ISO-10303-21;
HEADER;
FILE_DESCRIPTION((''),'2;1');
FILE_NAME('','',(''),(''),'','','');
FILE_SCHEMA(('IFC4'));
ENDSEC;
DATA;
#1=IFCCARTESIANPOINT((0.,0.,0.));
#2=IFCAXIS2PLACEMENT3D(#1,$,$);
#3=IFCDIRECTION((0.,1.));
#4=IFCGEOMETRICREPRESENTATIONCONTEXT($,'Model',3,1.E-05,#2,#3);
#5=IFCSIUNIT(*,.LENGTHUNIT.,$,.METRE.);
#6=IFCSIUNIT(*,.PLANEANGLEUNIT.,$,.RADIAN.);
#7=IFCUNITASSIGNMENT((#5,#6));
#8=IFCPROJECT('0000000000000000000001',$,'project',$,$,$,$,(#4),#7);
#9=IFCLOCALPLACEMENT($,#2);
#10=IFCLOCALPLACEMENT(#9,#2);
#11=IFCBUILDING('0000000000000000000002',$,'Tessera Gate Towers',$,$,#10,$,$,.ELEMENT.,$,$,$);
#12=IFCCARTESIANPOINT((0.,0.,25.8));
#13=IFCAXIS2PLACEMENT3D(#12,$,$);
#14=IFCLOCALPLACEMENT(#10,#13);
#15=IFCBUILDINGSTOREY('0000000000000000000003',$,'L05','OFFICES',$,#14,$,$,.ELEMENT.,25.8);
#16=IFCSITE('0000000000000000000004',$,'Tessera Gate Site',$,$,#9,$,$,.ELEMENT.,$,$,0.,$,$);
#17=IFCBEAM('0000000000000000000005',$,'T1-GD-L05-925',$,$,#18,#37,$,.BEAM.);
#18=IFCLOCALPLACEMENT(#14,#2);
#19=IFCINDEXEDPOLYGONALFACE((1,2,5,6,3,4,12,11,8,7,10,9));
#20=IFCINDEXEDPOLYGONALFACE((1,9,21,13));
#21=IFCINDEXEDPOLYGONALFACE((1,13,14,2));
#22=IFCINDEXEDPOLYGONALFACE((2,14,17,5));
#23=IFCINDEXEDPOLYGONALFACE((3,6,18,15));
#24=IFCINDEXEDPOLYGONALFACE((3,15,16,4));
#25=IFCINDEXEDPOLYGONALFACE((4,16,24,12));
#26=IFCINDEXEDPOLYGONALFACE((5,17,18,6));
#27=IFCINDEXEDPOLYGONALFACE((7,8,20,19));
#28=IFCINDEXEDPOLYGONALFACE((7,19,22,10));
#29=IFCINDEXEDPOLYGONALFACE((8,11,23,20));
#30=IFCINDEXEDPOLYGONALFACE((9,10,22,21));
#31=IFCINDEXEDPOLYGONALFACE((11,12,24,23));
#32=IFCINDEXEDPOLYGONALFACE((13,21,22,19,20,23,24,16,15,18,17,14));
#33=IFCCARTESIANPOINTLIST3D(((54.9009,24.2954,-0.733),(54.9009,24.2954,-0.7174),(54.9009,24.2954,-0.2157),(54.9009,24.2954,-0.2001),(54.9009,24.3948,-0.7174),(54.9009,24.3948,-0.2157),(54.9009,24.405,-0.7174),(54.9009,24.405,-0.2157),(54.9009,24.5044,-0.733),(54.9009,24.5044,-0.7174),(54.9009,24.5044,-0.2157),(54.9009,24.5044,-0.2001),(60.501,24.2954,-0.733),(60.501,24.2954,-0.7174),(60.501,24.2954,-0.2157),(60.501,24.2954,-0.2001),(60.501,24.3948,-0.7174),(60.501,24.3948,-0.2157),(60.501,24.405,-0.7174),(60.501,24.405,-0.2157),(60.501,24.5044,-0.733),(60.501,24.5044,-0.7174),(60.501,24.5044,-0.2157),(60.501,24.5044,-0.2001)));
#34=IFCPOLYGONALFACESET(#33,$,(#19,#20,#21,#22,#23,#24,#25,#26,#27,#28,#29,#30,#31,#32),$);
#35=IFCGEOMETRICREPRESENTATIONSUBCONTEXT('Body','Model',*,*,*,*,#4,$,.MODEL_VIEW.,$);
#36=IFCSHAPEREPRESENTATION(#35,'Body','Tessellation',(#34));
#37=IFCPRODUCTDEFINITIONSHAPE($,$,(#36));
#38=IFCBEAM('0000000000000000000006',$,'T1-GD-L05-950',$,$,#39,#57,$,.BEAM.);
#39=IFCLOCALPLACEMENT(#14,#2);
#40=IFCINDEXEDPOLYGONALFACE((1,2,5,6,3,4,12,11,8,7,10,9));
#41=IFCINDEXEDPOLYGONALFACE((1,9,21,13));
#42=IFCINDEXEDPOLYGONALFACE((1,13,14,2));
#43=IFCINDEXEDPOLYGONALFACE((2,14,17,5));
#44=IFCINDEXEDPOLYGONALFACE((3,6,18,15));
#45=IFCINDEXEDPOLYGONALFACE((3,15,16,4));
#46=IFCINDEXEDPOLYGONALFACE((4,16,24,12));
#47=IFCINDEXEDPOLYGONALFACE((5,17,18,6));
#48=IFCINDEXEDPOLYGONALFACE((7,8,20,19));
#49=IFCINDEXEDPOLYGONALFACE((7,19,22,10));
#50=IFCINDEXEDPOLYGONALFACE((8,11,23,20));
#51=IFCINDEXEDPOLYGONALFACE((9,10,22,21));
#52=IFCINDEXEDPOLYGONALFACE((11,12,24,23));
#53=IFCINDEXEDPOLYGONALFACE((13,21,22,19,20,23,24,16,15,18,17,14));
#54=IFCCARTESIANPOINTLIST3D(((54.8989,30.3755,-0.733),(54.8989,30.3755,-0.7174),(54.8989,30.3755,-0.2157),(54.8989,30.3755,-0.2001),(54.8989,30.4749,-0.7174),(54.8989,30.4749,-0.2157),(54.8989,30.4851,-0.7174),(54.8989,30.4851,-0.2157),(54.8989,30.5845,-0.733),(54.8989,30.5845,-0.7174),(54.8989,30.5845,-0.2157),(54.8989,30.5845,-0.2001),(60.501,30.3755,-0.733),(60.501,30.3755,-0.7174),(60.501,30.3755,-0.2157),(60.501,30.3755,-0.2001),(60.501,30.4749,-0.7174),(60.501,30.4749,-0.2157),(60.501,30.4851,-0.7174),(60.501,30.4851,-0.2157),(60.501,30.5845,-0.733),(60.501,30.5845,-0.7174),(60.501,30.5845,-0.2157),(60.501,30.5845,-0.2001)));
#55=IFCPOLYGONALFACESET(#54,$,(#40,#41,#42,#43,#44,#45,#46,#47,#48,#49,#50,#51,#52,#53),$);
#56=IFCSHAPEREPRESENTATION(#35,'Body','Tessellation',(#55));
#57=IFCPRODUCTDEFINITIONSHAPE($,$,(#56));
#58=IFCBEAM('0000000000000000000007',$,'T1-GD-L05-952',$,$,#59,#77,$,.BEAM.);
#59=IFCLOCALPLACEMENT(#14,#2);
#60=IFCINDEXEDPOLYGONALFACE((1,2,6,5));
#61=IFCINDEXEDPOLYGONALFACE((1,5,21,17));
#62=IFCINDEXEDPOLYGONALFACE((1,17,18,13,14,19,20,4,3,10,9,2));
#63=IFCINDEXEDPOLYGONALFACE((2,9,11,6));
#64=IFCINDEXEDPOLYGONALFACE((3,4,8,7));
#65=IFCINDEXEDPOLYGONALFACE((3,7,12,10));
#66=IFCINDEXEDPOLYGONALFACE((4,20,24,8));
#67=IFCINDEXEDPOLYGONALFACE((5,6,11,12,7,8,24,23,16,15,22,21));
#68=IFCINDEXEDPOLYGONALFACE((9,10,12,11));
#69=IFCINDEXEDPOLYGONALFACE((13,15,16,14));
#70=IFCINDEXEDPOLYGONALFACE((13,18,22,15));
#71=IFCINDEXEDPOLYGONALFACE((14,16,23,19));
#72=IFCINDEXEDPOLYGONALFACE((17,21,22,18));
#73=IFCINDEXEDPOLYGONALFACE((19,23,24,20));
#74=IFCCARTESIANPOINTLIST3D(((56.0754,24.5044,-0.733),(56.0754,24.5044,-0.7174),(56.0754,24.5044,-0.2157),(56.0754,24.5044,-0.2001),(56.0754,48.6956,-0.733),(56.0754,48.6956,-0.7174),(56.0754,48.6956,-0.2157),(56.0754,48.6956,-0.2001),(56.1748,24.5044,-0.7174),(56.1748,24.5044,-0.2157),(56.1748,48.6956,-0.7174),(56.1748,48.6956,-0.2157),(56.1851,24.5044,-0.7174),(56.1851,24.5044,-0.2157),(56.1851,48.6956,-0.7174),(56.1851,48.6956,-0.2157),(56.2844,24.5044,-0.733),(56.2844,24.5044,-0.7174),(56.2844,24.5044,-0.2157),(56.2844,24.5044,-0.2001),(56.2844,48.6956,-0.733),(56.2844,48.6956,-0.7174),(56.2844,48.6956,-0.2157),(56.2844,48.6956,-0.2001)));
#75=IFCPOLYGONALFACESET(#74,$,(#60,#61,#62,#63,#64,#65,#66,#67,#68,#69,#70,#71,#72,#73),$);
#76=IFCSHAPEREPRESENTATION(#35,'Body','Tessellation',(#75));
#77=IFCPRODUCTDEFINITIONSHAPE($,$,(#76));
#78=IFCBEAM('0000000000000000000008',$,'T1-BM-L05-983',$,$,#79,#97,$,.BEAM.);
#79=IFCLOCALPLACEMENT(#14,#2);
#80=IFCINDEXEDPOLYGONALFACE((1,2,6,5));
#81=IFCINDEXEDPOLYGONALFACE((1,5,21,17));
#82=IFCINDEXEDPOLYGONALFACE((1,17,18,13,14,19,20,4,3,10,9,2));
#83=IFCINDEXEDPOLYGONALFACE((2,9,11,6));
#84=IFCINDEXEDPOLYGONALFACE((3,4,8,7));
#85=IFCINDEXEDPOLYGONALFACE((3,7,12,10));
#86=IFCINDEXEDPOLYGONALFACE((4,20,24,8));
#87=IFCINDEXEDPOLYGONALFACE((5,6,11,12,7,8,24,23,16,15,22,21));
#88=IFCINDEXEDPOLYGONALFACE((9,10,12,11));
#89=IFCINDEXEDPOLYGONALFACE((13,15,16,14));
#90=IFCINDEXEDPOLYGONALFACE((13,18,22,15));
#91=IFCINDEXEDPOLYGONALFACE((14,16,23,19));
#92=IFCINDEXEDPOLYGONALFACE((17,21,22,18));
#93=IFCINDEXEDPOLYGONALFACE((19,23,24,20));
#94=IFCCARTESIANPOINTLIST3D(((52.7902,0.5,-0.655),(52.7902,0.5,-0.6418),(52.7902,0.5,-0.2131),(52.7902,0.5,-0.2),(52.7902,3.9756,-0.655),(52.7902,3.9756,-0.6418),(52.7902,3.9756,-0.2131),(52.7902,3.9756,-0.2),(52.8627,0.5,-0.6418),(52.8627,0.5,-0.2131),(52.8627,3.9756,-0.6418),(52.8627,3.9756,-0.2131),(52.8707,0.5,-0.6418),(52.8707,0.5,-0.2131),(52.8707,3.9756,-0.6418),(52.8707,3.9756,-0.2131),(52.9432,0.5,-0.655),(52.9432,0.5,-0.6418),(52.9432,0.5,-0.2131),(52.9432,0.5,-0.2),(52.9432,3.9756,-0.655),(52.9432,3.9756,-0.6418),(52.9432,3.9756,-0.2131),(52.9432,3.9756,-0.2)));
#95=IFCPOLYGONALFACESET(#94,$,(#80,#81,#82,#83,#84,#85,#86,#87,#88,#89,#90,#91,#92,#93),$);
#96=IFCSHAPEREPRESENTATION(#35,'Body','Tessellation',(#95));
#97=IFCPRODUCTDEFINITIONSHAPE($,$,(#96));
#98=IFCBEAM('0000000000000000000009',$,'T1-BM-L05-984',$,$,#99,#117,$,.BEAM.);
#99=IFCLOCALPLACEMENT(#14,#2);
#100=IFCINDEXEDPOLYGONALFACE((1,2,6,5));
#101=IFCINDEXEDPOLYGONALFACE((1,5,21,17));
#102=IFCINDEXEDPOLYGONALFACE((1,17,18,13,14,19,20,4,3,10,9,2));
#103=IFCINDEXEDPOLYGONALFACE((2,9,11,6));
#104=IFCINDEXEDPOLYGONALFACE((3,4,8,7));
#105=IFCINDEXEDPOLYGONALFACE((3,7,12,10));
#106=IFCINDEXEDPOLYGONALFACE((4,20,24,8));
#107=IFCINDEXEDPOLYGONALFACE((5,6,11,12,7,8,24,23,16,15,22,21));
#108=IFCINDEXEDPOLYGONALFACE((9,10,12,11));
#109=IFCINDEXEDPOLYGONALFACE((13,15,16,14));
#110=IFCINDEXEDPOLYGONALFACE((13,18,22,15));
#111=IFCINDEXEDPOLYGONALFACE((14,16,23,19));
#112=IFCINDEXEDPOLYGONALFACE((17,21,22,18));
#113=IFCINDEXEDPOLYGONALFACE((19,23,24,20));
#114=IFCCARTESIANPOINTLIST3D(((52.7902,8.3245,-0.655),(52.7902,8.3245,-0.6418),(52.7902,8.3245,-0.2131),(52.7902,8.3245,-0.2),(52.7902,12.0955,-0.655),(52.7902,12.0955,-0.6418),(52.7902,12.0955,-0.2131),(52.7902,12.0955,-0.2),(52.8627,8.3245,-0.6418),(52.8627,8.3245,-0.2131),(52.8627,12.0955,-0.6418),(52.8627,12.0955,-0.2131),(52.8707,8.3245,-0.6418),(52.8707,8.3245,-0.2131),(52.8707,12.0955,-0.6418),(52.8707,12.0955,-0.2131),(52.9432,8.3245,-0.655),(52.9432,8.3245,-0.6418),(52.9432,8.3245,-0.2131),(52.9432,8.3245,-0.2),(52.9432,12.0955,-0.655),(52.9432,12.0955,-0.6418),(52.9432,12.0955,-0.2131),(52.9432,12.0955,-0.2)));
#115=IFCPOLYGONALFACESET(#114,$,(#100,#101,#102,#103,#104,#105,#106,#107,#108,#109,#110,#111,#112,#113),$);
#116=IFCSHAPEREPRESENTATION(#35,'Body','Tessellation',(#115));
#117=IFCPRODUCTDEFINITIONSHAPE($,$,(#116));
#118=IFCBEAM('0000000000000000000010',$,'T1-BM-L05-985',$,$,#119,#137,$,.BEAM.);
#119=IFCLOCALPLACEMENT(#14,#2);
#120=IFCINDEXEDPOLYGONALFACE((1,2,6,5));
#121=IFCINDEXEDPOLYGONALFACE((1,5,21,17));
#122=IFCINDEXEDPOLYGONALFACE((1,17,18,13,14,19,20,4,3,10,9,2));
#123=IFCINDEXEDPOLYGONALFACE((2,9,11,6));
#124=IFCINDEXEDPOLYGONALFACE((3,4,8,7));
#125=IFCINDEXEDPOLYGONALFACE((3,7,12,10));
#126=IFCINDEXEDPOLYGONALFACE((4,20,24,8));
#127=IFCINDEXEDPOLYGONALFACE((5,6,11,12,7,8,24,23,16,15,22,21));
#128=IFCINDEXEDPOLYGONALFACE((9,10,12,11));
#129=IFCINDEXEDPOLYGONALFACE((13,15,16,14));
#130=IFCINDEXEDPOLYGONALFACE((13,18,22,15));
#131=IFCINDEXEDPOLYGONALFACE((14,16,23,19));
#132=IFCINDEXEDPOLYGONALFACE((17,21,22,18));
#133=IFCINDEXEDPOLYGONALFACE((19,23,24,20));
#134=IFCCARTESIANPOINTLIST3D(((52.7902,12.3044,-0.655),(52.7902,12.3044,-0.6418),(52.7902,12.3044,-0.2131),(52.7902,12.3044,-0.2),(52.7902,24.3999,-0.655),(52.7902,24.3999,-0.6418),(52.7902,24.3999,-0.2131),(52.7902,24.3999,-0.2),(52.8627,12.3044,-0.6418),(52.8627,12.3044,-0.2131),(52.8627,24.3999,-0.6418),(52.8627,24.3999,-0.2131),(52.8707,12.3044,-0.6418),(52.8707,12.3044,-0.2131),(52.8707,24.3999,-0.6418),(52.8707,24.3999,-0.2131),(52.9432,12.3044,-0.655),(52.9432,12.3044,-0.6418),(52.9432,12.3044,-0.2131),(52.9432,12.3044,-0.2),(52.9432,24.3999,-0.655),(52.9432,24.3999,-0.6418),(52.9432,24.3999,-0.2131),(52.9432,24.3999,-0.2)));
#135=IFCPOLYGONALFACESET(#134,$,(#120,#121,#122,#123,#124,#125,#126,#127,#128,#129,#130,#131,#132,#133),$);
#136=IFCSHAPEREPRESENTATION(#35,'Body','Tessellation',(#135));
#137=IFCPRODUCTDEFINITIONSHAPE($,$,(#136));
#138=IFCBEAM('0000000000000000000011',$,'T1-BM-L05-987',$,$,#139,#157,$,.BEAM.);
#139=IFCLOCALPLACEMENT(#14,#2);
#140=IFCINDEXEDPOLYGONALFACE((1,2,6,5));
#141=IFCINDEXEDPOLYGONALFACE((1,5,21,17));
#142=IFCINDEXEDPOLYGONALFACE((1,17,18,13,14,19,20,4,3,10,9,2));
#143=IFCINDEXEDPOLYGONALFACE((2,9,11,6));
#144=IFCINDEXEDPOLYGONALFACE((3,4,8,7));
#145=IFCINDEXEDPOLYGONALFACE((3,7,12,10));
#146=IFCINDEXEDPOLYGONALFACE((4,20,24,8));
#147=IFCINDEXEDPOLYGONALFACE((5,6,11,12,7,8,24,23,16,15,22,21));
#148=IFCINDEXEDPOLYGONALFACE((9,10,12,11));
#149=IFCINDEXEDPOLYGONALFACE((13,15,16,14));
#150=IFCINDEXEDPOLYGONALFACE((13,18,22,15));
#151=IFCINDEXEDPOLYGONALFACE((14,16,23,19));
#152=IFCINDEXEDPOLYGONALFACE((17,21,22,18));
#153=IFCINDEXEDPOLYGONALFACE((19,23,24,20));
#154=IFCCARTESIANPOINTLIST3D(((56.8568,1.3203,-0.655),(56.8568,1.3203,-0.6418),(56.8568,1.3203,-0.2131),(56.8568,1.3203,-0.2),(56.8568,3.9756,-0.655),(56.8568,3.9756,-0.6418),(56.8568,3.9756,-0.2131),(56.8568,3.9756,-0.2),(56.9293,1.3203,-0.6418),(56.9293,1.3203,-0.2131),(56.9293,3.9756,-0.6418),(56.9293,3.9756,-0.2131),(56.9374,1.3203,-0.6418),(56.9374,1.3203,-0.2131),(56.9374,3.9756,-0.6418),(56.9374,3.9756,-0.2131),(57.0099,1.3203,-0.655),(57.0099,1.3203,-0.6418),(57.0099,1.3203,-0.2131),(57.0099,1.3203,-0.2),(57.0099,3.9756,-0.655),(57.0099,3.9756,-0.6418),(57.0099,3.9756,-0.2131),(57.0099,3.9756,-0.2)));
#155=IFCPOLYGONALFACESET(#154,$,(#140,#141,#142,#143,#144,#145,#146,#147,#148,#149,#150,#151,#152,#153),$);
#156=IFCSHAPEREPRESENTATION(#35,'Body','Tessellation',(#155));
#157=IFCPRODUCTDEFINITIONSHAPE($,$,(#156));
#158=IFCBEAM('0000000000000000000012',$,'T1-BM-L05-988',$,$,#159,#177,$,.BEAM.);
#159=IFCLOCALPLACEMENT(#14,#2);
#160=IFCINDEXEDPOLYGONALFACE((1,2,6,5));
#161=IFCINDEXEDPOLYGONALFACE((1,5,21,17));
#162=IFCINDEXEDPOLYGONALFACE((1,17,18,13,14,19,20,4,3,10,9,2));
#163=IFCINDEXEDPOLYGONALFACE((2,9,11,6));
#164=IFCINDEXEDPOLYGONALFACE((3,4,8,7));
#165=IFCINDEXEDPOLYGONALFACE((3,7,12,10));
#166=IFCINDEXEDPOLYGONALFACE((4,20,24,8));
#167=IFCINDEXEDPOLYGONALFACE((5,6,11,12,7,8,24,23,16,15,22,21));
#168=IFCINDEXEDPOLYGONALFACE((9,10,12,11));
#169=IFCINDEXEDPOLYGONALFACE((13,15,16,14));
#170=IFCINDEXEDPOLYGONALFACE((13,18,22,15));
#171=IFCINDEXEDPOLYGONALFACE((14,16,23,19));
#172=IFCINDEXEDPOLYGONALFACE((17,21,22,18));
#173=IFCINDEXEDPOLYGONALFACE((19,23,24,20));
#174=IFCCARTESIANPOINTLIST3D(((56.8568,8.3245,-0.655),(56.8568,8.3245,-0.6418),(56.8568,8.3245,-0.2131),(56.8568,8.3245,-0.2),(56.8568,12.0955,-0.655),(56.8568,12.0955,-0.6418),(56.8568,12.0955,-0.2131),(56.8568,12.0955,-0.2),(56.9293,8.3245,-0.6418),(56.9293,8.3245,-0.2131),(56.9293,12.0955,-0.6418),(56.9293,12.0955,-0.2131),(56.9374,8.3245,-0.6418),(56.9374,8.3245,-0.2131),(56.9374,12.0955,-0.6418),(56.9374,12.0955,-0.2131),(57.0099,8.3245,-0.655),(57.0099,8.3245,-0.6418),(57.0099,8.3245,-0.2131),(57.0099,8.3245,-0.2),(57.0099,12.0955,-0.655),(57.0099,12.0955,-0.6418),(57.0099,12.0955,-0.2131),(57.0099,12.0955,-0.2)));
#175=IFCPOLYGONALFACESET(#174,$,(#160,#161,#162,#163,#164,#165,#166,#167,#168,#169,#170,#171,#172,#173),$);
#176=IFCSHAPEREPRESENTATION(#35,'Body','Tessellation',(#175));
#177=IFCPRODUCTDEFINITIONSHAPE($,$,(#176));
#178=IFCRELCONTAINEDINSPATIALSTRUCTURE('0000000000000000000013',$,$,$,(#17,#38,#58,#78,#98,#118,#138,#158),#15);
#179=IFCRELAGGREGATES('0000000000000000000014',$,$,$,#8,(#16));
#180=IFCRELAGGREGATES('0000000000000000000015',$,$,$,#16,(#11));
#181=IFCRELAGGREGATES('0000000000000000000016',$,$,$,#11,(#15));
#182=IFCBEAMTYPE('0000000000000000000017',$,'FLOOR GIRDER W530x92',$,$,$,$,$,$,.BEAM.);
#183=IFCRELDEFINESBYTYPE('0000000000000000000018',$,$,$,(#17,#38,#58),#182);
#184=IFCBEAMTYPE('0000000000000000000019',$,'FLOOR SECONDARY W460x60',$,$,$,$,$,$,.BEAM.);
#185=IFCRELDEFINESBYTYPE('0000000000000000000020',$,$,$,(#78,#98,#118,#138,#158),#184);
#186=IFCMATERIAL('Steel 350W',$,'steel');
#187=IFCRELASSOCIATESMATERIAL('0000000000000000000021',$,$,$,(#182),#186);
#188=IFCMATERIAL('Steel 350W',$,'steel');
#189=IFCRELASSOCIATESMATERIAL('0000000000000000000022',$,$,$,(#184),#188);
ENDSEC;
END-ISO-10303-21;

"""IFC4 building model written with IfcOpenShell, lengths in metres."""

from ifc_helpers import new_model, si_unit, direction, frame, origin, origin_2d, place, context, subcontext, project, spatial, i_section, extrude, material, material_profile, profile_set, type_object, element, save


model = new_model("IFC4")

# Units and contexts
model_context = context("Model", 3, precision=1e-05, world=origin(), true_north=direction((0.0, 1.0)))
body_context = subcontext(model_context, "Body", "Model", "MODEL_VIEW")
ifc_project = project(units=[si_unit("LENGTHUNIT", "METRE"), si_unit("PLANEANGLEUNIT", "RADIAN")], contexts=[model_context])

# Site, building, storey
site_placement = place(None, origin())
site = spatial("IfcSite", under=ifc_project, at=site_placement, Name="Tessera Gate Site", CompositionType="ELEMENT", RefElevation=0.0)
building_placement = place(site_placement, origin())
building = spatial("IfcBuilding", under=site, at=building_placement, Name="Tessera Gate Towers", CompositionType="ELEMENT")
storey_placement = place(building_placement, frame((0.0, 0.0, 25.8)))
storey = spatial("IfcBuildingStorey", under=building, at=storey_placement, Name="L05", Description="OFFICES", CompositionType="ELEMENT", Elevation=25.8)

# Beams
ifc_material_1 = material(Name="Steel 350W", Category="steel")
ifc_material_profile_1 = material_profile(ifc_material_1, i_section(OverallWidth=0.209, OverallDepth=0.533, WebThickness=0.0103, FlangeThickness=0.0156, at=origin_2d()), Name="W530x92")
ifc_profile_set_1 = profile_set([ifc_material_profile_1], Name="Steel 350W")
beam_type_1 = type_object("IfcBeamType", Name="FLOOR GIRDER W530x92", PredefinedType="BEAM", material=ifc_profile_set_1)
beam_1_placement = place(storey_placement, frame((54.9009, 24.3999, -0.4666), z_axis=(1.0, 0.0, 0.0), x_axis=(0.0, 1.0, 0.0)))
element("IfcBeam", 1, at=beam_1_placement, inside=storey, type_object=beam_type_1, Name="T1-GD-L05-925", PredefinedType="BEAM", context=body_context, shape_type="SweptSolid", body=[
    extrude(i_section(OverallWidth=0.209, OverallDepth=0.533, WebThickness=0.0103, FlangeThickness=0.0156, at=origin_2d()), origin(), (0.0, 0.0, 1.0), 5.6001),
])
beam_2_placement = place(storey_placement, frame((54.8989, 30.48, -0.4666), z_axis=(1.0, 0.0, 0.0), x_axis=(0.0, 1.0, 0.0)))
element("IfcBeam", 2, at=beam_2_placement, inside=storey, type_object=beam_type_1, Name="T1-GD-L05-950", PredefinedType="BEAM", context=body_context, shape_type="SweptSolid", body=[
    extrude(i_section(OverallWidth=0.209, OverallDepth=0.533, WebThickness=0.0103, FlangeThickness=0.0156, at=origin_2d()), origin(), (0.0, 0.0, 1.0), 5.6021),
])
beam_3_placement = place(storey_placement, frame((56.1799, 24.5044, -0.4666), z_axis=(0.0, 1.0, 0.0), x_axis=(-1.0, 0.0, 0.0)))
element("IfcBeam", 3, at=beam_3_placement, inside=storey, type_object=beam_type_1, Name="T1-GD-L05-952", PredefinedType="BEAM", context=body_context, shape_type="SweptSolid", body=[
    extrude(i_section(OverallWidth=0.209, OverallDepth=0.533, WebThickness=0.0103, FlangeThickness=0.0156, at=origin_2d()), origin(), (0.0, 0.0, 1.0), 24.1912),
])
ifc_material_2 = material(Name="Steel 350W", Category="steel")
ifc_material_profile_2 = material_profile(ifc_material_2, i_section(OverallWidth=0.1531, OverallDepth=0.4551, WebThickness=0.0081, FlangeThickness=0.0132, at=origin_2d()), Name="W460x60")
ifc_profile_set_2 = profile_set([ifc_material_profile_2], Name="Steel 350W")
beam_type_2 = type_object("IfcBeamType", Name="FLOOR SECONDARY W460x60", PredefinedType="BEAM", material=ifc_profile_set_2)
beam_4_placement = place(storey_placement, frame((52.8667, 0.5, -0.4275), z_axis=(0.0, 1.0, 0.0), x_axis=(-1.0, 0.0, 0.0)))
element("IfcBeam", 4, at=beam_4_placement, inside=storey, type_object=beam_type_2, Name="T1-BM-L05-983", PredefinedType="BEAM", context=body_context, shape_type="SweptSolid", body=[
    extrude(i_section(OverallWidth=0.1531, OverallDepth=0.4551, WebThickness=0.0081, FlangeThickness=0.0132, at=origin_2d()), origin(), (0.0, 0.0, 1.0), 3.4756),
])
beam_5_placement = place(storey_placement, frame((52.8667, 8.3245, -0.4275), z_axis=(0.0, 1.0, 0.0), x_axis=(-1.0, 0.0, 0.0)))
element("IfcBeam", 5, at=beam_5_placement, inside=storey, type_object=beam_type_2, Name="T1-BM-L05-984", PredefinedType="BEAM", context=body_context, shape_type="SweptSolid", body=[
    extrude(i_section(OverallWidth=0.1531, OverallDepth=0.4551, WebThickness=0.0081, FlangeThickness=0.0132, at=origin_2d()), origin(), (0.0, 0.0, 1.0), 3.771),
])
beam_6_placement = place(storey_placement, frame((52.8667, 12.3044, -0.4275), z_axis=(0.0, 1.0, 0.0), x_axis=(-1.0, 0.0, 0.0)))
element("IfcBeam", 6, at=beam_6_placement, inside=storey, type_object=beam_type_2, Name="T1-BM-L05-985", PredefinedType="BEAM", context=body_context, shape_type="SweptSolid", body=[
    extrude(i_section(OverallWidth=0.1531, OverallDepth=0.4551, WebThickness=0.0081, FlangeThickness=0.0132, at=origin_2d()), origin(), (0.0, 0.0, 1.0), 12.0955),
])
beam_7_placement = place(storey_placement, frame((56.9333, 1.3203, -0.4275), z_axis=(0.0, 1.0, 0.0), x_axis=(-1.0, 0.0, 0.0)))
element("IfcBeam", 7, at=beam_7_placement, inside=storey, type_object=beam_type_2, Name="T1-BM-L05-987", PredefinedType="BEAM", context=body_context, shape_type="SweptSolid", body=[
    extrude(i_section(OverallWidth=0.1531, OverallDepth=0.4551, WebThickness=0.0081, FlangeThickness=0.0132, at=origin_2d()), origin(), (0.0, 0.0, 1.0), 2.6553),
])
beam_8_placement = place(storey_placement, frame((56.9333, 8.3245, -0.4275), z_axis=(0.0, 1.0, 0.0), x_axis=(-1.0, 0.0, 0.0)))
element("IfcBeam", 8, at=beam_8_placement, inside=storey, type_object=beam_type_2, Name="T1-BM-L05-988", PredefinedType="BEAM", context=body_context, shape_type="SweptSolid", body=[
    extrude(i_section(OverallWidth=0.1531, OverallDepth=0.4551, WebThickness=0.0081, FlangeThickness=0.0132, at=origin_2d()), origin(), (0.0, 0.0, 1.0), 3.771),
])

save(model, "model.ifc")
